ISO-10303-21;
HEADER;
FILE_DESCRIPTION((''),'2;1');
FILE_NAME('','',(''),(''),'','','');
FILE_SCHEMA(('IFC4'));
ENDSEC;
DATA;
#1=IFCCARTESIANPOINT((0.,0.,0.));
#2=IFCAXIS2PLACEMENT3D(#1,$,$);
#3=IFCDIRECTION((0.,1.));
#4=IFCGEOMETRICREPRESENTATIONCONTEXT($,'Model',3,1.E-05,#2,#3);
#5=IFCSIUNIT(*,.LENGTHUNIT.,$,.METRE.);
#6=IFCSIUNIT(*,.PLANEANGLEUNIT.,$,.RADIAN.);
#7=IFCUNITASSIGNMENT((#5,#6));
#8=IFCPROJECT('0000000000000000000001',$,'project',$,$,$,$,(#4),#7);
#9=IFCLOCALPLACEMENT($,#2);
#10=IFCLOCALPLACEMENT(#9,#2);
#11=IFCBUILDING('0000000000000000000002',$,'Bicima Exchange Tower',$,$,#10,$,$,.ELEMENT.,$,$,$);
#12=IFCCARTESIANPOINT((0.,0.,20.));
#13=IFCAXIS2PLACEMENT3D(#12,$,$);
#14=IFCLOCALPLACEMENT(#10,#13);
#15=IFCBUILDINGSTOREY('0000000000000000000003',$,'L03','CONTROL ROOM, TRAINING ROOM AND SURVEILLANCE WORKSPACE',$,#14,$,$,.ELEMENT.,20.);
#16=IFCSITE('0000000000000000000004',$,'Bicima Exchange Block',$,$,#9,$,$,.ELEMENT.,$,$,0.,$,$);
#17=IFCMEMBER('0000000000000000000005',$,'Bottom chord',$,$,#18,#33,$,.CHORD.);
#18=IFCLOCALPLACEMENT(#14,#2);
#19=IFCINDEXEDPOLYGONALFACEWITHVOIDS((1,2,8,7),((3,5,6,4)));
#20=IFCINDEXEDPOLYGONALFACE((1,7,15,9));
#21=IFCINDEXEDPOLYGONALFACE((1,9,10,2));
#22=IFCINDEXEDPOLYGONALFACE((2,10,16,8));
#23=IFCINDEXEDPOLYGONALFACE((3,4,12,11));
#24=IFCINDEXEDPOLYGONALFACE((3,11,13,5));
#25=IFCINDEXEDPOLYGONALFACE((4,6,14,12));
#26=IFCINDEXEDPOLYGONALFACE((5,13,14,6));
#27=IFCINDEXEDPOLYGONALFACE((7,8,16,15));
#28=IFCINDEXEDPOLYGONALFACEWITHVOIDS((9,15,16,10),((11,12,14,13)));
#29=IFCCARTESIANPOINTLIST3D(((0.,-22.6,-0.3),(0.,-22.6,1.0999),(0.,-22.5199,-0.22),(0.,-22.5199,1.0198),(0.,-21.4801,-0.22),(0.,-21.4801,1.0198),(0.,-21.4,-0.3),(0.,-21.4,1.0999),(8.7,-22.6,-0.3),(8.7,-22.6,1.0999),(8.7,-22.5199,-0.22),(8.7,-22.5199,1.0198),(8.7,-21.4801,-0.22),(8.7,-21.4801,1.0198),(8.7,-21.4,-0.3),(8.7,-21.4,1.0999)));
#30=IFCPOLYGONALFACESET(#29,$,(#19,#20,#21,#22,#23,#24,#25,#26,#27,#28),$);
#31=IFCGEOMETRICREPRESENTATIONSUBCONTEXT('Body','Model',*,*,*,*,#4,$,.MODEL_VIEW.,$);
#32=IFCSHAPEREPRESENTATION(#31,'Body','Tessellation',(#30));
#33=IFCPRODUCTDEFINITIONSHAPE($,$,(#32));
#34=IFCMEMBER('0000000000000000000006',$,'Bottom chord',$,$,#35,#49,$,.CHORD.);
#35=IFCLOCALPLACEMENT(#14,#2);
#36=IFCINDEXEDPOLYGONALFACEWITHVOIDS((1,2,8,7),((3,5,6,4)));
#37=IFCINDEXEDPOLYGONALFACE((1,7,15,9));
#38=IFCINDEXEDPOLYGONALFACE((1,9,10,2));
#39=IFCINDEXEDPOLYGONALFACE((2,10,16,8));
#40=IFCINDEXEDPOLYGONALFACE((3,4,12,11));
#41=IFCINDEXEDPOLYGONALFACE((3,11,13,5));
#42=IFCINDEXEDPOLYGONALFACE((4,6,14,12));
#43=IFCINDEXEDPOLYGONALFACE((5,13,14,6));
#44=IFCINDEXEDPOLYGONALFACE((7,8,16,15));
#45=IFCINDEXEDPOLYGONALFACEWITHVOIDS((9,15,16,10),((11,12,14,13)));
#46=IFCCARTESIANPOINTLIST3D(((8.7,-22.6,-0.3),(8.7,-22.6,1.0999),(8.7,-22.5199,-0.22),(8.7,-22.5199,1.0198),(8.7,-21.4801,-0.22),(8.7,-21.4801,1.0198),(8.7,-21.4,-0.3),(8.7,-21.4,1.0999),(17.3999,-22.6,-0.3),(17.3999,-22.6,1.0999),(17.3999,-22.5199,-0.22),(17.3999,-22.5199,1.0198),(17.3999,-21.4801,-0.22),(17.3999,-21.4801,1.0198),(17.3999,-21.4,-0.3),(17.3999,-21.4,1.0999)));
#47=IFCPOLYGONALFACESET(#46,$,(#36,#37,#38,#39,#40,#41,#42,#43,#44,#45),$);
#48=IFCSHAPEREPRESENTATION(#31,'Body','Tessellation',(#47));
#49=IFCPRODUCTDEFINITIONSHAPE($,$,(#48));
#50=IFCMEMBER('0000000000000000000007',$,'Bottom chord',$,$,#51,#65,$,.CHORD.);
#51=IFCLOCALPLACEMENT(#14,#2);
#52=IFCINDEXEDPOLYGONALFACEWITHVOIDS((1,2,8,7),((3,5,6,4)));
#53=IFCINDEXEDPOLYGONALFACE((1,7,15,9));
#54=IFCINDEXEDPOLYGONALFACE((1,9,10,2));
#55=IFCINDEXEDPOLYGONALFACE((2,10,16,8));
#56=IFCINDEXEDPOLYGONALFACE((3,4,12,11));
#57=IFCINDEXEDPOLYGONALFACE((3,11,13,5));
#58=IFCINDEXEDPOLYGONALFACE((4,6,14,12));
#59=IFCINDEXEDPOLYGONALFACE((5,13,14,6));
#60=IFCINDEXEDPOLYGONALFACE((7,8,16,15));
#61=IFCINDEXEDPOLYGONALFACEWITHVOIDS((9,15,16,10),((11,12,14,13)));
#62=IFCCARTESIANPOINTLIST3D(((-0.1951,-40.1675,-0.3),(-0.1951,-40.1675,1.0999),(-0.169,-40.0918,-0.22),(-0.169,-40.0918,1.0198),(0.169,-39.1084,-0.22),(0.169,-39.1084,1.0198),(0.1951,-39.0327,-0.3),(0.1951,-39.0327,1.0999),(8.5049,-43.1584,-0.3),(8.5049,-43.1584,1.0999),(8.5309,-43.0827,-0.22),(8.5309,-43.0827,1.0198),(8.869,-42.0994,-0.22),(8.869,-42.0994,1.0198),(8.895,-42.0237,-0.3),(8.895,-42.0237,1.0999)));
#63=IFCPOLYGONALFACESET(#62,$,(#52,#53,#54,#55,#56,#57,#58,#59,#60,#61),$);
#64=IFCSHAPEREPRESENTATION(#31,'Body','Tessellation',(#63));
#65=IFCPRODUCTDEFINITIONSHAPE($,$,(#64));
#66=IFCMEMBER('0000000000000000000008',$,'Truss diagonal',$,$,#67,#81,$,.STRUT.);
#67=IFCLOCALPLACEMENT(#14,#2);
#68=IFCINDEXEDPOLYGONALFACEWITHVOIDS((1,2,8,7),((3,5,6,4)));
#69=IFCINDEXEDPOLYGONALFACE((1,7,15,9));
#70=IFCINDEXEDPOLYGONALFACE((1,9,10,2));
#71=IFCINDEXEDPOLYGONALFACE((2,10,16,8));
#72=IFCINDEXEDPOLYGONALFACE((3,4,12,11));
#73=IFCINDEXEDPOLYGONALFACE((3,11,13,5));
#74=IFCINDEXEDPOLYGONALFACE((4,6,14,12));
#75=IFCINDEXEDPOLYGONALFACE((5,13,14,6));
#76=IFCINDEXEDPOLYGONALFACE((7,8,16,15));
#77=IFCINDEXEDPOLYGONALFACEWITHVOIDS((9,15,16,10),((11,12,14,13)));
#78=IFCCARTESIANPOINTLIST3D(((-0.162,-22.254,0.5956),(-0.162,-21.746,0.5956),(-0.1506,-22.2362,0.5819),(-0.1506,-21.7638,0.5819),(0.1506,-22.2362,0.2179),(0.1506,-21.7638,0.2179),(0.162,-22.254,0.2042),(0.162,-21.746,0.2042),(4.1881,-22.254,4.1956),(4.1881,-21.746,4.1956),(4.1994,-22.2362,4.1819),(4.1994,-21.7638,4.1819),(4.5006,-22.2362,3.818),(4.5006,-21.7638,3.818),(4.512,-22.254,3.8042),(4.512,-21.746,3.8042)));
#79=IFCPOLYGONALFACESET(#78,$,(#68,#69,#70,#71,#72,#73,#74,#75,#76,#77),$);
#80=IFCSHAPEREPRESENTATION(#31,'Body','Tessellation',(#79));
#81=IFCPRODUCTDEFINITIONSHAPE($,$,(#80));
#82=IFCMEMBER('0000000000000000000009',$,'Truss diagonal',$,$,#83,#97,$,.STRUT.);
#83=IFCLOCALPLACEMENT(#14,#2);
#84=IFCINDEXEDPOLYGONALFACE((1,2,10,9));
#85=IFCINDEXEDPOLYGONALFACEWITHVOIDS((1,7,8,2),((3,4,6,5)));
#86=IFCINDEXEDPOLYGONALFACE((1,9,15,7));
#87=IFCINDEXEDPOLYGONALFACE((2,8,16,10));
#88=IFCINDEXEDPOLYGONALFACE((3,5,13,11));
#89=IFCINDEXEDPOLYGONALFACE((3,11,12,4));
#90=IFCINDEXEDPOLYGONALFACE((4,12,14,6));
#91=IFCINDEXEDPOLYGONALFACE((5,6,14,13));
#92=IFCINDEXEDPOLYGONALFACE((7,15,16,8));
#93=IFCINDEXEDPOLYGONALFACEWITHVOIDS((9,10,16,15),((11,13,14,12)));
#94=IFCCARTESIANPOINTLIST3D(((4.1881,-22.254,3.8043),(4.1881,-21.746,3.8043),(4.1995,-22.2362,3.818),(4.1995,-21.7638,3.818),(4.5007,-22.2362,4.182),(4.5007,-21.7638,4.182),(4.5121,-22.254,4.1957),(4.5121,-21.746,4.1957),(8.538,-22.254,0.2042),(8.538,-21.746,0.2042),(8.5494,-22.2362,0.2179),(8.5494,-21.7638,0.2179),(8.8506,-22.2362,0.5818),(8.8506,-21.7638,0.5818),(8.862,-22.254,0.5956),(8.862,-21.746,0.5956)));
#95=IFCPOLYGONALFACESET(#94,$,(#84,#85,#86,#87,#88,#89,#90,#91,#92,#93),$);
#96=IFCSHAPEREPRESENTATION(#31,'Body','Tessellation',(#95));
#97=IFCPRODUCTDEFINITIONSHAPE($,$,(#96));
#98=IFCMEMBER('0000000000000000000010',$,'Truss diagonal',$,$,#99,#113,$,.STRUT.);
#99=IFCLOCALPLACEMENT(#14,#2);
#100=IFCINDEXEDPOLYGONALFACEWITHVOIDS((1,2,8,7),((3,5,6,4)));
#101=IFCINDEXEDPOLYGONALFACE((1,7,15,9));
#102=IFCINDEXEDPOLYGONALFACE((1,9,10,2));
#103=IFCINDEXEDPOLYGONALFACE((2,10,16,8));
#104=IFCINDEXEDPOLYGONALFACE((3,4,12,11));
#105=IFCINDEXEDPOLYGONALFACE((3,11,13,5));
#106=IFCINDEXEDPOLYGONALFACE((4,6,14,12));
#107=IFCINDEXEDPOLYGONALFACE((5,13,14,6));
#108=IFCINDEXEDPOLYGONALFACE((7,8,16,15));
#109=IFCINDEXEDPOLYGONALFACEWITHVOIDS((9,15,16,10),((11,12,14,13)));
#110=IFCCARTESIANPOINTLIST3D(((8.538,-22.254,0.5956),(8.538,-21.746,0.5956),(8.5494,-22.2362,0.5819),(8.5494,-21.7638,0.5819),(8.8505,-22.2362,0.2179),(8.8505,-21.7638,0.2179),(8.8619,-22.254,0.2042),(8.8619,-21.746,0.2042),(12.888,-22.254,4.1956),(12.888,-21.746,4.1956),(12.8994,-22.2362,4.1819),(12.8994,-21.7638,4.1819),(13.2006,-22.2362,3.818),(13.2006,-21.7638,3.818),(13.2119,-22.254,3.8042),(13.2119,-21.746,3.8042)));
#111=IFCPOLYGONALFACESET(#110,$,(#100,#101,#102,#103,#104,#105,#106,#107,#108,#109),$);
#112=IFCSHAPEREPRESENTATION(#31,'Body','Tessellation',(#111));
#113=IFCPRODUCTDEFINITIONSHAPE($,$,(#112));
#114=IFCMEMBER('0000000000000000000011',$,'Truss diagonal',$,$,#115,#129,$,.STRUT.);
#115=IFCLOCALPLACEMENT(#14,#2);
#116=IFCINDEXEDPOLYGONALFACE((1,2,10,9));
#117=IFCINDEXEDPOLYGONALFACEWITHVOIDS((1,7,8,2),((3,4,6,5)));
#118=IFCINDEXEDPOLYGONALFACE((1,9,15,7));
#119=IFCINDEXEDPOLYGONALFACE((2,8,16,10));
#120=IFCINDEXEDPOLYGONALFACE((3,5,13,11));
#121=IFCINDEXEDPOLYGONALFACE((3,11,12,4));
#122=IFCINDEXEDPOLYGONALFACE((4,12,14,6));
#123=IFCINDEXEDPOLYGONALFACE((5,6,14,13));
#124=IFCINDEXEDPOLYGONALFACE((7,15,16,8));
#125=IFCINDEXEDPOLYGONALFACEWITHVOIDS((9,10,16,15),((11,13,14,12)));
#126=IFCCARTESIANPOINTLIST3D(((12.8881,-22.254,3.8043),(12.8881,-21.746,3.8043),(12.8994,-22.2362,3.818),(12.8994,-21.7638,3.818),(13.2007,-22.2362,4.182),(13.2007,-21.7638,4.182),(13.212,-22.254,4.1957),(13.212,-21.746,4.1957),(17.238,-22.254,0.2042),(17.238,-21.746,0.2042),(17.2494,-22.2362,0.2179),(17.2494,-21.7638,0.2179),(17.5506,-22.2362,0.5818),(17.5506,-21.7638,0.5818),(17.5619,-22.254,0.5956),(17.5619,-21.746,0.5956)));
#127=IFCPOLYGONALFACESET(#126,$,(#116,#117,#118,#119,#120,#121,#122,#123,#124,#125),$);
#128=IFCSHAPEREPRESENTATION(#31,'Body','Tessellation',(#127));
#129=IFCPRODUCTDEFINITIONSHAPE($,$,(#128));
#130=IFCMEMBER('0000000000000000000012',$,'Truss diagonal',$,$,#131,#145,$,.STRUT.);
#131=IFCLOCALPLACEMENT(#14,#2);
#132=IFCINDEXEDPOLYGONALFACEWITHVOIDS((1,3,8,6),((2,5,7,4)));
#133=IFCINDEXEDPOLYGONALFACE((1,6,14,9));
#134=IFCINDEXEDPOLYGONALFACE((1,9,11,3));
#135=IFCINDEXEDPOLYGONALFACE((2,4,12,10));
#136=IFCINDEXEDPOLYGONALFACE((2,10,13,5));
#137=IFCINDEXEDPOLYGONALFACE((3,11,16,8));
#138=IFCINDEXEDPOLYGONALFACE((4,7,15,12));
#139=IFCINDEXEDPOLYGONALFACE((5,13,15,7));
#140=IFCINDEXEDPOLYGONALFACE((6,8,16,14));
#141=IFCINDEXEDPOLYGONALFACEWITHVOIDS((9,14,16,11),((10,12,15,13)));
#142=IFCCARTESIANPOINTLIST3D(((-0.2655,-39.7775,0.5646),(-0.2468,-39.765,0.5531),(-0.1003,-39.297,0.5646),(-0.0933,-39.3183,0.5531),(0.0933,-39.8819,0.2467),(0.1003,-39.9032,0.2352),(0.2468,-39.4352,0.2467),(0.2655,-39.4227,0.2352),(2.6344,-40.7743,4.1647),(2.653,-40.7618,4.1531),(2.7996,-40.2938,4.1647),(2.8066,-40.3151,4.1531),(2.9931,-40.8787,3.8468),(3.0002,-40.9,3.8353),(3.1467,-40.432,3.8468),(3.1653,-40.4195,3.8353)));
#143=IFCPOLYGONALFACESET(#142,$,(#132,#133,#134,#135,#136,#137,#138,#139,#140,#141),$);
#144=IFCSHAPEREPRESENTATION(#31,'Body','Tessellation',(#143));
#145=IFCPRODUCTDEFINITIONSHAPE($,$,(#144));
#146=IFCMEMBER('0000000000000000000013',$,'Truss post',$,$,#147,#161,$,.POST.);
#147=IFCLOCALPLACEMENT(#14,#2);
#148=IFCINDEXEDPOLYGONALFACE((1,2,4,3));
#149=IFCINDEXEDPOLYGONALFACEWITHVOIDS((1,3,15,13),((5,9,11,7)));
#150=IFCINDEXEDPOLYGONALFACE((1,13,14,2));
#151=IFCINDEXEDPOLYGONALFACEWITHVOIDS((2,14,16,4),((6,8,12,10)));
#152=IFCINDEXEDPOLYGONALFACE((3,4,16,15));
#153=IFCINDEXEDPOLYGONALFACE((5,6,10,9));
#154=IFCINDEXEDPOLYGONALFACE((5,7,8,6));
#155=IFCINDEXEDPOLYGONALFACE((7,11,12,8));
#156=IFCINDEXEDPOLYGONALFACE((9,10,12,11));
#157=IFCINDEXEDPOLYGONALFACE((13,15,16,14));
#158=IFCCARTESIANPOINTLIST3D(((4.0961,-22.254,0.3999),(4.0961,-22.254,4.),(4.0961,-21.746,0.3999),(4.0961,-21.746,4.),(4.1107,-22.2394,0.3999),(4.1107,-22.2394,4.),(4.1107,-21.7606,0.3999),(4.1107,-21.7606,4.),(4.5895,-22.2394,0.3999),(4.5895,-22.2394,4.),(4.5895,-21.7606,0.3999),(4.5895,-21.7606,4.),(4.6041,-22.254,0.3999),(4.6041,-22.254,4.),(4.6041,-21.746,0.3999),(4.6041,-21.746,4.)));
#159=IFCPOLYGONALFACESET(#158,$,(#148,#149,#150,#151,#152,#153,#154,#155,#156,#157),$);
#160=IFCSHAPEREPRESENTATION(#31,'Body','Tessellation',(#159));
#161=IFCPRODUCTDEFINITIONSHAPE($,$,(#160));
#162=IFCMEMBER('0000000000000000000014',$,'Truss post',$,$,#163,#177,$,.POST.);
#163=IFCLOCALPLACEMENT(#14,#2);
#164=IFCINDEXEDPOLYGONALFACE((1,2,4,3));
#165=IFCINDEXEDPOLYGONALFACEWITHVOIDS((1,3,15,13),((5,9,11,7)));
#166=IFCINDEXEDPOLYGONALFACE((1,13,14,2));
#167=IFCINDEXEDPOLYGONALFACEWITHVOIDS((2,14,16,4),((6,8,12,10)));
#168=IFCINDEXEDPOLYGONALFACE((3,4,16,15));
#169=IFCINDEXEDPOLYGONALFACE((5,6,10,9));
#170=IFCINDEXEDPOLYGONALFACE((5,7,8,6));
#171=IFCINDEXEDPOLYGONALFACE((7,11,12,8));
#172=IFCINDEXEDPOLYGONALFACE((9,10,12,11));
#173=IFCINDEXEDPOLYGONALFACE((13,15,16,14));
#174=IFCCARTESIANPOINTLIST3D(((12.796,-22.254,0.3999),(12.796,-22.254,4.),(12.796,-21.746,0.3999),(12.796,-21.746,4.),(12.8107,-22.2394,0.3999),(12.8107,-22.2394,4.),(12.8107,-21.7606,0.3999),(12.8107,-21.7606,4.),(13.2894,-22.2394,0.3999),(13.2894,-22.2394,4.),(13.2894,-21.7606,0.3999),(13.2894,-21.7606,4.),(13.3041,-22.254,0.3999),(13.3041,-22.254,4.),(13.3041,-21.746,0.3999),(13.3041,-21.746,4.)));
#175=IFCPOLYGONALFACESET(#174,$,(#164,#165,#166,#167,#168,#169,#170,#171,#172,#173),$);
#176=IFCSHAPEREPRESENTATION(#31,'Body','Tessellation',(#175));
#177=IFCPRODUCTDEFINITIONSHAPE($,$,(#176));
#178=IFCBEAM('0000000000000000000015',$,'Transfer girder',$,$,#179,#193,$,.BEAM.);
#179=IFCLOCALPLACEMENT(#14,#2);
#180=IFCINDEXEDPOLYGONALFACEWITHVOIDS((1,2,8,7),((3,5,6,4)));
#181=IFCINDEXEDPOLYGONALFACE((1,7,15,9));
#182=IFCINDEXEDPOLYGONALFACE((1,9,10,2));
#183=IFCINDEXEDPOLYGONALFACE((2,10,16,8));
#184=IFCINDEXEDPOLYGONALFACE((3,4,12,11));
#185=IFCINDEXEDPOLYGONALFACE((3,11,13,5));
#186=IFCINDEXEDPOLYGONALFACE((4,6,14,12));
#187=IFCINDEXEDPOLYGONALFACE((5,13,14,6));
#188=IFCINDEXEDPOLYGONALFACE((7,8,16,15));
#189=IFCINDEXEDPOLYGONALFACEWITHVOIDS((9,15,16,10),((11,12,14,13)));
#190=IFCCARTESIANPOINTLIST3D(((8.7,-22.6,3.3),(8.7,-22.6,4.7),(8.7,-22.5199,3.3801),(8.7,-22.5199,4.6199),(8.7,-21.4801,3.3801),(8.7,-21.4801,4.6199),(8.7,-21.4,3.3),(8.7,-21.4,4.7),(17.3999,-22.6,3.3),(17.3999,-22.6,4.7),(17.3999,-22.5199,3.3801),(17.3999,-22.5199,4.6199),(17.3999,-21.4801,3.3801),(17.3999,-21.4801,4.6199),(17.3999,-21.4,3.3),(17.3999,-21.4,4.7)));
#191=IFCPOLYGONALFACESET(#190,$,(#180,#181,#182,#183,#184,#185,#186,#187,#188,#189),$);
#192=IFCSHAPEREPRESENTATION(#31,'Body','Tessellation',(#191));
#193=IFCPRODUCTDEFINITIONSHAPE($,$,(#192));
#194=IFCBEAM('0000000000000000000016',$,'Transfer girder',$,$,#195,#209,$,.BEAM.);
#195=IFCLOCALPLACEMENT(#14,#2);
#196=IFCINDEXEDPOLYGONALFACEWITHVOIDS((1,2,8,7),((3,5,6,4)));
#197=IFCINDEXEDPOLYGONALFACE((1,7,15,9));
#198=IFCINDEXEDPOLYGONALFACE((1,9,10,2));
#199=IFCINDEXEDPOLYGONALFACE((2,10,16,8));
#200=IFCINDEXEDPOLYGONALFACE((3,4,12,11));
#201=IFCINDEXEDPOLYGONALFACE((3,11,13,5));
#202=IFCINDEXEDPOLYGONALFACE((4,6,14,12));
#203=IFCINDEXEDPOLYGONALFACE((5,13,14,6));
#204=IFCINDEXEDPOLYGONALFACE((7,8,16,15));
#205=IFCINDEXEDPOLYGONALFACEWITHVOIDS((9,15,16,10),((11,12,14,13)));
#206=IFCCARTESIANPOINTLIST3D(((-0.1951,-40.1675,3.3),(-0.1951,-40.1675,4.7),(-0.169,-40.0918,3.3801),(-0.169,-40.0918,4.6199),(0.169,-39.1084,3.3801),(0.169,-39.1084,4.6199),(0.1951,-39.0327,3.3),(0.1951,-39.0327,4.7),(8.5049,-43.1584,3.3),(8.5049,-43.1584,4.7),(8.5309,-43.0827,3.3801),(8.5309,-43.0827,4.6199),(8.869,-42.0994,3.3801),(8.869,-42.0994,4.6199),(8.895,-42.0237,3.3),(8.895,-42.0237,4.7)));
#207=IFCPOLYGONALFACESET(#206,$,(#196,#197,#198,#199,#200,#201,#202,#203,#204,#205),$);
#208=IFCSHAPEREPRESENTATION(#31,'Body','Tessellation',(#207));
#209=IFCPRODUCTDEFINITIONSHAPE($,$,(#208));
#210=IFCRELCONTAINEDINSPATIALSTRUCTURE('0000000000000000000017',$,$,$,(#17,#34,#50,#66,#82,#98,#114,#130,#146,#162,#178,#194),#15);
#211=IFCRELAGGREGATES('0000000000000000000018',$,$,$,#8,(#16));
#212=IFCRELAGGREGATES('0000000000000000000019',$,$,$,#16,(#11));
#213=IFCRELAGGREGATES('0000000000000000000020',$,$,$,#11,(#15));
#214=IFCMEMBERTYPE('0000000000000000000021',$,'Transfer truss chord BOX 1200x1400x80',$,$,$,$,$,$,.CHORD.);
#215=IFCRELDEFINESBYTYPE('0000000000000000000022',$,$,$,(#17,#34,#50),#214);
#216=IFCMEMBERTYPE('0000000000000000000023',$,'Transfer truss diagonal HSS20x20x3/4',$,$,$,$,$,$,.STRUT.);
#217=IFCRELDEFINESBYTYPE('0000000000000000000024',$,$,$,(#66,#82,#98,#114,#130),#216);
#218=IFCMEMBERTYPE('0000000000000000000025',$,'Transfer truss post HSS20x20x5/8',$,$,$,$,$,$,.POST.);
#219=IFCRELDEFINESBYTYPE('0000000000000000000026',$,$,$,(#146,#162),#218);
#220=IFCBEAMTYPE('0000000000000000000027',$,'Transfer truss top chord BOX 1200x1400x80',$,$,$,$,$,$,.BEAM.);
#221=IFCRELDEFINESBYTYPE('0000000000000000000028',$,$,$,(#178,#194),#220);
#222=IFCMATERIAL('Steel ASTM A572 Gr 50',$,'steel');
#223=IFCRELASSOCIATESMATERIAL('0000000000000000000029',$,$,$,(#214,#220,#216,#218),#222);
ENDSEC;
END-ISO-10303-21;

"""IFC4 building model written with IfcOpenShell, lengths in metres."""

from ifc_helpers import new_model, si_unit, direction, frame, origin, origin_2d, place, context, subcontext, project, spatial, hollow_rectangle, extrude, material, material_profile, profile_set, type_object, element, save


model = new_model("IFC4")

# Units and contexts
model_context = context("Model", 3, precision=1e-05, world=origin(), true_north=direction((0.0, 1.0)))
body_context = subcontext(model_context, "Body", "Model", "MODEL_VIEW")
ifc_project = project(units=[si_unit("LENGTHUNIT", "METRE"), si_unit("PLANEANGLEUNIT", "RADIAN")], contexts=[model_context])

# Site, building, storey
site_placement = place(None, origin())
site = spatial("IfcSite", under=ifc_project, at=site_placement, Name="Bicima Exchange Block", CompositionType="ELEMENT", RefElevation=0.0)
building_placement = place(site_placement, origin())
building = spatial("IfcBuilding", under=site, at=building_placement, Name="Bicima Exchange Tower", CompositionType="ELEMENT")
storey_placement = place(building_placement, frame((0.0, 0.0, 20.0)))
storey = spatial("IfcBuildingStorey", under=building, at=storey_placement, Name="L03", Description="CONTROL ROOM, TRAINING ROOM AND SURVEILLANCE WORKSPACE", CompositionType="ELEMENT", Elevation=20.0)

# Members
ifc_material_1 = material(Name="Steel ASTM A572 Gr 50", Category="steel")
ifc_material_profile_1 = material_profile(ifc_material_1, hollow_rectangle(XDim=1.2, YDim=1.3999, WallThickness=0.0801, at=origin_2d()))
ifc_profile_set_1 = profile_set([ifc_material_profile_1], Name="Steel ASTM A572 Gr 50")
member_type_1 = type_object("IfcMemberType", Name="Transfer truss chord BOX 1200x1400x80", PredefinedType="CHORD", material=ifc_profile_set_1)
for number, where, z_axis, x_axis, name in (
    (1, (0.0, -22.0, 0.3999), (1.0, 0.0, 0.0), (0.0, 1.0, 0.0), "Bottom chord"),
    (2, (8.7, -22.0, 0.3999), (1.0, 0.0, 0.0), (0.0, 1.0, 0.0), "Bottom chord"),
):
    element("IfcMember", number, at=place(storey_placement, frame(where, z_axis=z_axis, x_axis=x_axis)), inside=storey, type_object=member_type_1, Name=name, PredefinedType="CHORD", context=body_context, shape_type="SweptSolid", body=[
        extrude(hollow_rectangle(XDim=1.2, YDim=1.3999, WallThickness=0.0801, at=origin_2d()), origin(), (0.0, 0.0, 1.0), 8.7),
    ])
member_1_placement = place(storey_placement, frame((0.0, -39.6001, 0.3999), z_axis=(0.945675, -0.325115, 0.0), x_axis=(0.325115, 0.945675, 0.0)))
element("IfcMember", 3, at=member_1_placement, inside=storey, type_object=member_type_1, Name="Bottom chord", PredefinedType="CHORD", context=body_context, shape_type="SweptSolid", body=[
    extrude(hollow_rectangle(XDim=1.2, YDim=1.3999, WallThickness=0.0801, at=origin_2d()), origin(), (0.0, 0.0, 1.0), 9.1997),
])
ifc_material_profile_2 = material_profile(ifc_material_1, hollow_rectangle(XDim=0.5081, YDim=0.5081, WallThickness=0.0178, at=origin_2d()))
ifc_profile_set_2 = profile_set([ifc_material_profile_2], Name="Steel ASTM A572 Gr 50")
member_type_2 = type_object("IfcMemberType", Name="Transfer truss diagonal HSS20x20x3/4", PredefinedType="STRUT", material=ifc_profile_set_2)
for number, where, z_axis, x_axis, name in (
    (4, (0.0, -22.0, 0.3999), (0.770393, 0.0, 0.637569), (0.0, 1.0, 0.0), "Truss diagonal"),
    (5, (4.3501, -22.0, 4.0), (0.770375, 0.0, -0.637591), (0.0, 1.0, 0.0), "Truss diagonal"),
    (6, (8.7, -22.0, 0.3999), (0.770393, 0.0, 0.637569), (0.0, 1.0, 0.0), "Truss diagonal"),
    (7, (13.05, -22.0, 4.0), (0.770375, 0.0, -0.637591), (0.0, 1.0, 0.0), "Truss diagonal"),
):
    element("IfcMember", number, at=place(storey_placement, frame(where, z_axis=z_axis, x_axis=x_axis)), inside=storey, type_object=member_type_2, Name=name, PredefinedType="STRUT", context=body_context, shape_type="SweptSolid", body=[
        extrude(hollow_rectangle(XDim=0.5081, YDim=0.5081, WallThickness=0.0178, at=origin_2d()), origin(), (0.0, 0.0, 1.0), 5.6465),
    ])
member_2_placement = place(storey_placement, frame((0.0, -39.6001, 0.3999), z_axis=(0.613212, -0.210788, 0.761275), x_axis=(0.325075, 0.945688, 0.0)))
element("IfcMember", 8, at=member_2_placement, inside=storey, type_object=member_type_2, Name="Truss diagonal", PredefinedType="STRUT", context=body_context, shape_type="SweptSolid", body=[
    extrude(hollow_rectangle(XDim=0.5081, YDim=0.5081, WallThickness=0.0178, at=origin_2d()), origin(), (0.0, 0.0, 1.0), 4.729),
])
ifc_material_profile_3 = material_profile(ifc_material_1, hollow_rectangle(XDim=0.5081, YDim=0.5081, WallThickness=0.0146, at=origin_2d()))
ifc_profile_set_3 = profile_set([ifc_material_profile_3], Name="Steel ASTM A572 Gr 50")
member_type_3 = type_object("IfcMemberType", Name="Transfer truss post HSS20x20x5/8", PredefinedType="POST", material=ifc_profile_set_3)
for number, where, z_axis, x_axis, name in (
    (9, (4.3501, -22.0, 0.3999), (0.0, 0.0, 1.0), (1.0, 0.0, 0.0), "Truss post"),
    (10, (13.05, -22.0, 0.3999), (0.0, 0.0, 1.0), (1.0, 0.0, 0.0), "Truss post"),
):
    element("IfcMember", number, at=place(storey_placement, frame(where, z_axis=z_axis, x_axis=x_axis)), inside=storey, type_object=member_type_3, Name=name, PredefinedType="POST", context=body_context, shape_type="SweptSolid", body=[
        extrude(hollow_rectangle(XDim=0.5081, YDim=0.5081, WallThickness=0.0146, at=origin_2d()), origin(), (0.0, 0.0, 1.0), 3.6001),
    ])

# Beams
beam_type = type_object("IfcBeamType", Name="Transfer truss top chord BOX 1200x1400x80", PredefinedType="BEAM", material=ifc_profile_set_1)
beam_1_placement = place(storey_placement, frame((8.7, -22.0, 4.0), z_axis=(1.0, 0.0, 0.0), x_axis=(0.0, 1.0, 0.0)))
element("IfcBeam", 11, at=beam_1_placement, inside=storey, type_object=beam_type, Name="Transfer girder", PredefinedType="BEAM", context=body_context, shape_type="SweptSolid", body=[
    extrude(hollow_rectangle(XDim=1.2, YDim=1.3999, WallThickness=0.0801, at=origin_2d()), origin(), (0.0, 0.0, 1.0), 8.7),
])
beam_2_placement = place(storey_placement, frame((0.0, -39.6001, 4.0), z_axis=(0.945675, -0.325115, 0.0), x_axis=(0.325115, 0.945675, 0.0)))
element("IfcBeam", 12, at=beam_2_placement, inside=storey, type_object=beam_type, Name="Transfer girder", PredefinedType="BEAM", context=body_context, shape_type="SweptSolid", body=[
    extrude(hollow_rectangle(XDim=1.2, YDim=1.3999, WallThickness=0.0801, at=origin_2d()), origin(), (0.0, 0.0, 1.0), 9.1997),
])

save(model, "model.ifc")
